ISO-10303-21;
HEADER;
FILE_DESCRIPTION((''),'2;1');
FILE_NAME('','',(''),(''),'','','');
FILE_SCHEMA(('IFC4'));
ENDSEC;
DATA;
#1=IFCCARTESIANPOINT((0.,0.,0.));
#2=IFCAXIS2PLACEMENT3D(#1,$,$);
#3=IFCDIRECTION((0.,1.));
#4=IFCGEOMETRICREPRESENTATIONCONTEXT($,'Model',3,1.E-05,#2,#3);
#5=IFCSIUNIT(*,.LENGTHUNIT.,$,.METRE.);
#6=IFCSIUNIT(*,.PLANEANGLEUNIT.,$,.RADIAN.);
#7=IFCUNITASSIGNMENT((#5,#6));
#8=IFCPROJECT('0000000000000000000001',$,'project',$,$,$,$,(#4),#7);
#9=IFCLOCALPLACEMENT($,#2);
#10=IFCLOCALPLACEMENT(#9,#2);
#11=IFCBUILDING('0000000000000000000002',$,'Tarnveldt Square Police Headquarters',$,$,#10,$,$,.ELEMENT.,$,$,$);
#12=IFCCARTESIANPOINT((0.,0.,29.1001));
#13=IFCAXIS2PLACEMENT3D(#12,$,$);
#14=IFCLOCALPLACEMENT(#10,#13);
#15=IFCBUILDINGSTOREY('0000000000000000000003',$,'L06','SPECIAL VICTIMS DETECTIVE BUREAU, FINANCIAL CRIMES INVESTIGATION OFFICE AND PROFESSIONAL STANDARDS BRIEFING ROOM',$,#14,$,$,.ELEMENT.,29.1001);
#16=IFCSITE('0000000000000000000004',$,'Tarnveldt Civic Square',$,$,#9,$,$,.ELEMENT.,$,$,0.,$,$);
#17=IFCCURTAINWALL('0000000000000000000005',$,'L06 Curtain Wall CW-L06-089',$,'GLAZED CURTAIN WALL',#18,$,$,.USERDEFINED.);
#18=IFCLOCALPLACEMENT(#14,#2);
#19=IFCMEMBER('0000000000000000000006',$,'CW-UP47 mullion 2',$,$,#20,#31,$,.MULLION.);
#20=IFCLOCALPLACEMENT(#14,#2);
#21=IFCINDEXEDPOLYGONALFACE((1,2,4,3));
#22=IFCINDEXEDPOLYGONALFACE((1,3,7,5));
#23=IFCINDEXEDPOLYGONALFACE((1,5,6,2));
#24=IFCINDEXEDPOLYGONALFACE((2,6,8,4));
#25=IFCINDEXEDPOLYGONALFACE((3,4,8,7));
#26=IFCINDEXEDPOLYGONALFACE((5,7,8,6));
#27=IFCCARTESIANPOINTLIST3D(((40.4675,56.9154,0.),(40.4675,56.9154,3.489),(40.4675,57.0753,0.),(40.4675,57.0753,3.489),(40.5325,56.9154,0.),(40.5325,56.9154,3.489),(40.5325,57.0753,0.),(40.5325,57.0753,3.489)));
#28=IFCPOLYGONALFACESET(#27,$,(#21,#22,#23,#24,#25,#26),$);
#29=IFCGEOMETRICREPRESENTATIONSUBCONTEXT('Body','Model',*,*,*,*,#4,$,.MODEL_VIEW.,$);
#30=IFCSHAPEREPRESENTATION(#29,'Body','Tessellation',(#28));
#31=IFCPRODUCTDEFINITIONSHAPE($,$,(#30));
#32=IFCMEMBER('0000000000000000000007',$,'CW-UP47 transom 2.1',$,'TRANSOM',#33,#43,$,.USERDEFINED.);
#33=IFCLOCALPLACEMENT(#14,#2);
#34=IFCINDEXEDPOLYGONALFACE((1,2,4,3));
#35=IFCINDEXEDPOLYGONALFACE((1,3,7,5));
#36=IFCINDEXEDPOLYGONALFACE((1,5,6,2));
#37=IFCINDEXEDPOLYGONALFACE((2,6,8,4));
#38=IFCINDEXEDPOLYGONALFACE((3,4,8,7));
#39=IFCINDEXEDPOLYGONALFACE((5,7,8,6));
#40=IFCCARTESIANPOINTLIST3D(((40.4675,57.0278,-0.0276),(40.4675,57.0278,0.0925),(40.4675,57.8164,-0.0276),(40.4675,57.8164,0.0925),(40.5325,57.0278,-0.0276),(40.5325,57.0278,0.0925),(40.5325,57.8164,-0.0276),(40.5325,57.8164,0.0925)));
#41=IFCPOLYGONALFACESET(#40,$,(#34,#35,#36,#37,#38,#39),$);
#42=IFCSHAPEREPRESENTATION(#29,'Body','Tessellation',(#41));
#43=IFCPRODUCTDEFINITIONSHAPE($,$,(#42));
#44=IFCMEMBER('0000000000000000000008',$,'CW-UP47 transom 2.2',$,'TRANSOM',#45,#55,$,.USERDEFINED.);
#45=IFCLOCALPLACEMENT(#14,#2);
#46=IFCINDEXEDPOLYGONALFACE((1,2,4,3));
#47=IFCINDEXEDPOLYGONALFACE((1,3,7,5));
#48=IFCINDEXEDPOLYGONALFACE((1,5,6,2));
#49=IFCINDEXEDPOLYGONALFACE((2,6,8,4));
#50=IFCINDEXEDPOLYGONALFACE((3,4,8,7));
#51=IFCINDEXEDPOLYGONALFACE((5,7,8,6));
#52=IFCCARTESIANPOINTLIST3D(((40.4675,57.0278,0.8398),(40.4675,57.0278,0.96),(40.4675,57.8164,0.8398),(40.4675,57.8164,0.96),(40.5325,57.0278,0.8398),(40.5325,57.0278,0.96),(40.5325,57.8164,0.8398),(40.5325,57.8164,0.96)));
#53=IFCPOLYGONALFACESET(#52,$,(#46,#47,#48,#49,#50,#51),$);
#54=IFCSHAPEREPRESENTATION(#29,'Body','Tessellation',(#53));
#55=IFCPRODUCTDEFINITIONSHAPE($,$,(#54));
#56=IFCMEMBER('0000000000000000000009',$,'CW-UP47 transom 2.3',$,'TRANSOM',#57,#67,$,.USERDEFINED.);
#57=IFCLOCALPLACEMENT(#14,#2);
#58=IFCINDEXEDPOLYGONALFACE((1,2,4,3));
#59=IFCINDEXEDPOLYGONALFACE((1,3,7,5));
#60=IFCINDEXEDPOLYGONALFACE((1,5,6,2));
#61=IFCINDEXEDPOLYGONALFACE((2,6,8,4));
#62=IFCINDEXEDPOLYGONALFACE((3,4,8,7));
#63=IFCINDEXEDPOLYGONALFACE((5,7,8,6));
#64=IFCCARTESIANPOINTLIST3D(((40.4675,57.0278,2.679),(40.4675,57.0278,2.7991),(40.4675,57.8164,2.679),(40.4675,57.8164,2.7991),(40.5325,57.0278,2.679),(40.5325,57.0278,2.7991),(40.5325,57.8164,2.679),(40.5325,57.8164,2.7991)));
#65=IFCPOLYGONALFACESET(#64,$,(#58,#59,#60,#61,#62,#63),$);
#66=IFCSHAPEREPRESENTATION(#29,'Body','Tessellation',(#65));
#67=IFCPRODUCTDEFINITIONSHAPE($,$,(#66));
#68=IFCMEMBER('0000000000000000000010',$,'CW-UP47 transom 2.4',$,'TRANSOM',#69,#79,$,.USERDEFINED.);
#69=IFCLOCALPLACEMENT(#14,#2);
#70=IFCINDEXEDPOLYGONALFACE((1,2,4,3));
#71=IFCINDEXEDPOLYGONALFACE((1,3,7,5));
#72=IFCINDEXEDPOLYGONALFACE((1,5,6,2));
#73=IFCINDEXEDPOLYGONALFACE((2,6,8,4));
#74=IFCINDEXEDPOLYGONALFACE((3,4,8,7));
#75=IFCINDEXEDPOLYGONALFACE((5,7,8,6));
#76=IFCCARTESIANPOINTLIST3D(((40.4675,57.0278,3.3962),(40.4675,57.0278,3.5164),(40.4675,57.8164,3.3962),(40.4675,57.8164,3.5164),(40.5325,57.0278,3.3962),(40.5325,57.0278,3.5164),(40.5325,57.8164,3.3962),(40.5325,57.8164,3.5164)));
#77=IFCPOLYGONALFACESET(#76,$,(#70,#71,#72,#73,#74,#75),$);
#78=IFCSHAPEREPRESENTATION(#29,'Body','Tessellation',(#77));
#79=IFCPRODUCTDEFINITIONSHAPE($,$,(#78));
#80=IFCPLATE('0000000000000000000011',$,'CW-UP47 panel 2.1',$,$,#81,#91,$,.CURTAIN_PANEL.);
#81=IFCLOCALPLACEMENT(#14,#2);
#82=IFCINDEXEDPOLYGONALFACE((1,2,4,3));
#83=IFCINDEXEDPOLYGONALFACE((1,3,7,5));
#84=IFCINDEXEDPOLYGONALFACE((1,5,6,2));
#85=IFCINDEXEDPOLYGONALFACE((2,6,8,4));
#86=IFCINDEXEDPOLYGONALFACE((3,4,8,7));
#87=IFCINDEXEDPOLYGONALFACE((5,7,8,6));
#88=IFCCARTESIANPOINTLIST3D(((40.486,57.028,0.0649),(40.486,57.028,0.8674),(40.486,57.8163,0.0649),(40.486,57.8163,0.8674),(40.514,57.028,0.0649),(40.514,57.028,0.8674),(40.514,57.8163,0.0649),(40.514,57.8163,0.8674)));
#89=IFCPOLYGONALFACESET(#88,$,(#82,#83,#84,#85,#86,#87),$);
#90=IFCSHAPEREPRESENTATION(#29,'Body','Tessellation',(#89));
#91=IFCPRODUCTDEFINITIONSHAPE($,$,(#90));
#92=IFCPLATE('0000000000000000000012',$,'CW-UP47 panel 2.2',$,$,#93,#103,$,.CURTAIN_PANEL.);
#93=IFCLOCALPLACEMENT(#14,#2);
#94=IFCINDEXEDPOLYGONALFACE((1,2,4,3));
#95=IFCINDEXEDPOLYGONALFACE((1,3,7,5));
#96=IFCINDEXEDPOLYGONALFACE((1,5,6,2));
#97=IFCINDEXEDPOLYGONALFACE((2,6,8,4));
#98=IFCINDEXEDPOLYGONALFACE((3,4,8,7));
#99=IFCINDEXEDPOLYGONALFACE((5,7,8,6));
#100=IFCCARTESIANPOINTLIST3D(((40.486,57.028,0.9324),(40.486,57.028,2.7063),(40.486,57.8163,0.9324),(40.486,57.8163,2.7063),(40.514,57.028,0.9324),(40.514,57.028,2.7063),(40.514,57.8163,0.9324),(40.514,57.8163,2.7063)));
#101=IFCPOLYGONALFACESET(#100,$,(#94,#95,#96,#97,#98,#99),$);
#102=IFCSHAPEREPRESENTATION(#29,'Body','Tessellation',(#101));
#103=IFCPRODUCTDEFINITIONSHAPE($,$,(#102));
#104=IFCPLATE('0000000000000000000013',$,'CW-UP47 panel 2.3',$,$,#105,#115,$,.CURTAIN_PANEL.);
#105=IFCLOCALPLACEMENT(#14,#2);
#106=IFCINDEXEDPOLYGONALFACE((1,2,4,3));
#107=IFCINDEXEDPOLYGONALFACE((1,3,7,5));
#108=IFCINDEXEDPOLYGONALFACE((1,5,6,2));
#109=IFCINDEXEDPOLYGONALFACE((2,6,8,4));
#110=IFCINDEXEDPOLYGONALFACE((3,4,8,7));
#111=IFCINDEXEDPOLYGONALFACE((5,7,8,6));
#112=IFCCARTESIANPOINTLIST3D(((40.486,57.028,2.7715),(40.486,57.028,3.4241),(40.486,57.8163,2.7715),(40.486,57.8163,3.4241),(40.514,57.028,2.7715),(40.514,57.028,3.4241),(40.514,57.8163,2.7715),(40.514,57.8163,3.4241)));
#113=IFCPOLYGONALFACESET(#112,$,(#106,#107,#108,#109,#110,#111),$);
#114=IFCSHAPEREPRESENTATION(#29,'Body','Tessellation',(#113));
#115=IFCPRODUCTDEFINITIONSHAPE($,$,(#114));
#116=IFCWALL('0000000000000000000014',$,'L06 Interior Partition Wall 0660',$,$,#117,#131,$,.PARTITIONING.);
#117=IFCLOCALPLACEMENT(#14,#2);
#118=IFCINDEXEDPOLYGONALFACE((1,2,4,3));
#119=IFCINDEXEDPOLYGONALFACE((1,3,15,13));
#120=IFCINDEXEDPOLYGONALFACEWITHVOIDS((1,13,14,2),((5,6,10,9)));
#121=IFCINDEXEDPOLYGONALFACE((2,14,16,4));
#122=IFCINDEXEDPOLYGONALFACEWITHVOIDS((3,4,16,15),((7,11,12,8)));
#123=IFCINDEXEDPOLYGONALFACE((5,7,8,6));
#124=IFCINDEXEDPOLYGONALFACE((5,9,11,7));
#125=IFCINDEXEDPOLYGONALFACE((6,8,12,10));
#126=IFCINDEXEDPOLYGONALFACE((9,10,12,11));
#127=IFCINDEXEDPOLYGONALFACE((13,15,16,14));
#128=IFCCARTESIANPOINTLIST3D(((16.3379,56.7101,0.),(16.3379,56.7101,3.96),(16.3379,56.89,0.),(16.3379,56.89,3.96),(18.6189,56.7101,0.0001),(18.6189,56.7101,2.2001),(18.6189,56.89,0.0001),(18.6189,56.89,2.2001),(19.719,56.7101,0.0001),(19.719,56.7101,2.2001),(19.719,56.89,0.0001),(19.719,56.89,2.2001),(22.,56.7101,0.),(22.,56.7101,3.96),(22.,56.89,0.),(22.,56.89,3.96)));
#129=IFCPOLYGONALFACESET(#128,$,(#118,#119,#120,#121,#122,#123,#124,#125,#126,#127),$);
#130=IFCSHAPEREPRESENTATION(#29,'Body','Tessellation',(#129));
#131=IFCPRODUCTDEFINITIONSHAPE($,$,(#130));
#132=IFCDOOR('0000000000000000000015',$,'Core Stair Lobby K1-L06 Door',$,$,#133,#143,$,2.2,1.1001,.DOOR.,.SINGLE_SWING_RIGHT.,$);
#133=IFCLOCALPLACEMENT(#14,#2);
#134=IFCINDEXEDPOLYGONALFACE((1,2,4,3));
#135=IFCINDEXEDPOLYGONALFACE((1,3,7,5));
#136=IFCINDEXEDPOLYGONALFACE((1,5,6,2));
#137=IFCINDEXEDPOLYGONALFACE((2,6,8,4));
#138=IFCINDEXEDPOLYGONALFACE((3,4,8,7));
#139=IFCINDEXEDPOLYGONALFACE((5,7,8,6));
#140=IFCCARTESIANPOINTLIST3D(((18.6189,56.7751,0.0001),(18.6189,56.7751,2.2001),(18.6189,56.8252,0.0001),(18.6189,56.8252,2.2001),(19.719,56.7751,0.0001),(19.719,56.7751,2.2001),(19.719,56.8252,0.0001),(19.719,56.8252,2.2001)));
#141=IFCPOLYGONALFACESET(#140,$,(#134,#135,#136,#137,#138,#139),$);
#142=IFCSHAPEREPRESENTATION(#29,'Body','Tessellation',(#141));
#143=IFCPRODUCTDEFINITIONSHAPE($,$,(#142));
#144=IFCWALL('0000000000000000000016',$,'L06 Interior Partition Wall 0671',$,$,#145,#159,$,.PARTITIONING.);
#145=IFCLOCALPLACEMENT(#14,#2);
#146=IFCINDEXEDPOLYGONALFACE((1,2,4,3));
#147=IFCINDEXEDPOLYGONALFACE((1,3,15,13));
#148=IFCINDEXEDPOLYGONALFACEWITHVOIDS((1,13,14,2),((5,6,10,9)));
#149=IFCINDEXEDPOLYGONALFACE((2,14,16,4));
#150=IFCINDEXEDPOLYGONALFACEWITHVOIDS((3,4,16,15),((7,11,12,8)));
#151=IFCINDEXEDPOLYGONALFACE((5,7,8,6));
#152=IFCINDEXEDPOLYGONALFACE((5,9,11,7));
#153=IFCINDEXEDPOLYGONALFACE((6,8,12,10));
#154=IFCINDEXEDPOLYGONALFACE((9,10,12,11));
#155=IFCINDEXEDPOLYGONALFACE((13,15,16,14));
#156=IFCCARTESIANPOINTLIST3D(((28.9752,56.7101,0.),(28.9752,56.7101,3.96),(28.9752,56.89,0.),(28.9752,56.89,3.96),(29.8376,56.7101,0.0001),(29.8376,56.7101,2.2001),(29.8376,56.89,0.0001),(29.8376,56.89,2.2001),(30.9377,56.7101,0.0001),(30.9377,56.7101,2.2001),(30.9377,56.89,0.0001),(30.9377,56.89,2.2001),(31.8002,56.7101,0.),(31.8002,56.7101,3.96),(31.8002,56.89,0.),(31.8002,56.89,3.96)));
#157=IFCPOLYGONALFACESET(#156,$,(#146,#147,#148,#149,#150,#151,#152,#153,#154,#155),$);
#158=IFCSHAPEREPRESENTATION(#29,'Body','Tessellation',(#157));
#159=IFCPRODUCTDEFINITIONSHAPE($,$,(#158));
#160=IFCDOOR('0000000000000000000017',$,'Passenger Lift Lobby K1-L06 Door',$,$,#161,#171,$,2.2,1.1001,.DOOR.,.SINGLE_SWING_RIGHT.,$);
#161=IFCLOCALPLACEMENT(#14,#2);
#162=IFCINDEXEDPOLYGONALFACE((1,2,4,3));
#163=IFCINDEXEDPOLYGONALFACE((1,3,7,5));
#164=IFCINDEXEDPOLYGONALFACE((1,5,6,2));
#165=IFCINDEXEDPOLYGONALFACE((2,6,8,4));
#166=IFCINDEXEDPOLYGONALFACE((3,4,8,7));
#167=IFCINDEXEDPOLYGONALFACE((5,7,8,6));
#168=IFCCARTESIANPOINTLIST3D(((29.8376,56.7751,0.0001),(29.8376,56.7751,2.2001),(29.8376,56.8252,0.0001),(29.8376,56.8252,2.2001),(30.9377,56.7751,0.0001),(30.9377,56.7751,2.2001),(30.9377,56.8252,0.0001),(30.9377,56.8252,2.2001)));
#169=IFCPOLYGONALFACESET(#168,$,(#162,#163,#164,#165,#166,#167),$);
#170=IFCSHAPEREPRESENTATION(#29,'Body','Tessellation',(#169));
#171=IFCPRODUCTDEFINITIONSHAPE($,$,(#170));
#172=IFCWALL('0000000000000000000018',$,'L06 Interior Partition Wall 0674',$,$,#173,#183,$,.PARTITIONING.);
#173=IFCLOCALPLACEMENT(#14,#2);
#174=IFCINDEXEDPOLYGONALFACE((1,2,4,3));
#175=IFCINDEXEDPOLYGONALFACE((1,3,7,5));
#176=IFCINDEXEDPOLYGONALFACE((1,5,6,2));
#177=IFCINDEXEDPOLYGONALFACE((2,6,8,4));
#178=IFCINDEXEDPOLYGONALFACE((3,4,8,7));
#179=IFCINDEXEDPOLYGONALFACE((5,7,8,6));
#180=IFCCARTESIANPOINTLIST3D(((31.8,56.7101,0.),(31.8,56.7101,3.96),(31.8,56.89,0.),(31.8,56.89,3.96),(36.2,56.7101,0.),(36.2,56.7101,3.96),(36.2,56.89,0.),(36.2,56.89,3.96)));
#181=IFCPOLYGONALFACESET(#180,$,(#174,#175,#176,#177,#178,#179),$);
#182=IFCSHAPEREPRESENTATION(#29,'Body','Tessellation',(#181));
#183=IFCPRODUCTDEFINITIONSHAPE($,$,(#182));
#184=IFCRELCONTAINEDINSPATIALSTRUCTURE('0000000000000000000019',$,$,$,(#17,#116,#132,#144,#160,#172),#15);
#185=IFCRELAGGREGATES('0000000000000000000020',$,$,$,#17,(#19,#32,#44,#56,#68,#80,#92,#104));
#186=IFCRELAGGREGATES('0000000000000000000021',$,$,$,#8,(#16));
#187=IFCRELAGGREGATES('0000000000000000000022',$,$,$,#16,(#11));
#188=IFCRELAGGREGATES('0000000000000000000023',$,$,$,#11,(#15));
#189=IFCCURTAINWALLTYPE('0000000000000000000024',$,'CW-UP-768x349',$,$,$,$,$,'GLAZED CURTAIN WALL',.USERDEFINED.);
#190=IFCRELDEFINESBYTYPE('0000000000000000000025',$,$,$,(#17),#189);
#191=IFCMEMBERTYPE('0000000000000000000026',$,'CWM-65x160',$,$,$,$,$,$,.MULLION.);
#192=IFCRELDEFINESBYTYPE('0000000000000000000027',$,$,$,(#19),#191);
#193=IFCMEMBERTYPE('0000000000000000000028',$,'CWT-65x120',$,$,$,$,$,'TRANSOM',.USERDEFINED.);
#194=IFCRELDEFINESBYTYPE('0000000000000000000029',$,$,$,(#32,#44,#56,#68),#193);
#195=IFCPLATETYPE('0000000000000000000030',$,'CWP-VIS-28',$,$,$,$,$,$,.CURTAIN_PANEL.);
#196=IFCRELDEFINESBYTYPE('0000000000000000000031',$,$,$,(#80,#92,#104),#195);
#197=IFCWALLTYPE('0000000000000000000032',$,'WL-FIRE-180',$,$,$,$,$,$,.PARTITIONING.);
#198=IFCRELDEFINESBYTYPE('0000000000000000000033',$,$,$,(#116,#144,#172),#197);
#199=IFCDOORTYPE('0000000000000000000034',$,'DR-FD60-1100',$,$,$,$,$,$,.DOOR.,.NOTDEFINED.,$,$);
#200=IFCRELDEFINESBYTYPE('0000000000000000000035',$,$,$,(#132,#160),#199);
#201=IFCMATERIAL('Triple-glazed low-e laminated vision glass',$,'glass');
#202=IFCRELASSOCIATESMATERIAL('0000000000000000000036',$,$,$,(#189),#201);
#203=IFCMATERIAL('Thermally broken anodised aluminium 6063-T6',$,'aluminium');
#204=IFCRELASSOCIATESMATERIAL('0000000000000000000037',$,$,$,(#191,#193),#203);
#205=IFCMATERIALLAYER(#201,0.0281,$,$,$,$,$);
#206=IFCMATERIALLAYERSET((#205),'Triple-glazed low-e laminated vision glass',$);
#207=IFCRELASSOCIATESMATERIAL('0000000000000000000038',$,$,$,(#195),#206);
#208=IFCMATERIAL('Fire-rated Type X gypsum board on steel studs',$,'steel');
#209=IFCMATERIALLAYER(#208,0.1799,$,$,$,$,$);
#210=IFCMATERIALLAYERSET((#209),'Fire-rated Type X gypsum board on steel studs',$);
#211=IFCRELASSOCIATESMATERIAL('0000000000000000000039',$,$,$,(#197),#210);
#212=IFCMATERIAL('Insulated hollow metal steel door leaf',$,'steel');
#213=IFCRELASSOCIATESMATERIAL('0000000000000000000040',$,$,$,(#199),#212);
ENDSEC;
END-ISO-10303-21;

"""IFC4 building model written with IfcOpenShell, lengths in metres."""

from ifc_helpers import new_model, si_unit, direction, frame, frame_2d, origin, origin_2d, place, context, subcontext, project, spatial, rectangle, extrude, material, layer, layer_set, material_profile, profile_set, type_object, element, fill, aggregate, save


model = new_model("IFC4")

# Units and contexts
model_context = context("Model", 3, precision=1e-05, world=origin(), true_north=direction((0.0, 1.0)))
body_context = subcontext(model_context, "Body", "Model", "MODEL_VIEW")
ifc_project = project(units=[si_unit("LENGTHUNIT", "METRE"), si_unit("PLANEANGLEUNIT", "RADIAN")], contexts=[model_context])

# Site, building, storey
site_placement = place(None, origin())
site = spatial("IfcSite", under=ifc_project, at=site_placement, Name="Tarnveldt Civic Square", CompositionType="ELEMENT", RefElevation=0.0)
building_placement = place(site_placement, origin())
building = spatial("IfcBuilding", under=site, at=building_placement, Name="Tarnveldt Square Police Headquarters", CompositionType="ELEMENT")
storey_placement = place(building_placement, frame((0.0, 0.0, 29.1001)))
storey = spatial("IfcBuildingStorey", under=building, at=storey_placement, Name="L06", Description="SPECIAL VICTIMS DETECTIVE BUREAU, FINANCIAL CRIMES INVESTIGATION OFFICE AND PROFESSIONAL STANDARDS BRIEFING ROOM", CompositionType="ELEMENT", Elevation=29.1001)

# Curtain wall, members, plates
ifc_material_1 = material(Name="Triple-glazed low-e laminated vision glass", Category="glass")
curtain_wall_type = type_object("IfcCurtainWallType", Name="CW-UP-768x349", ElementType="GLAZED CURTAIN WALL", PredefinedType="USERDEFINED", material=ifc_material_1)
curtain_wall_placement = place(storey_placement, origin())
curtain_wall = element("IfcCurtainWall", 1, at=curtain_wall_placement, inside=storey, type_object=curtain_wall_type, Name="L06 Curtain Wall CW-L06-089", ObjectType="GLAZED CURTAIN WALL", PredefinedType="USERDEFINED")
ifc_material_2 = material(Name="Thermally broken anodised aluminium 6063-T6", Category="aluminium")
ifc_material_profile_1 = material_profile(ifc_material_2, rectangle(XDim=0.0649, YDim=0.1599, at=origin_2d()), Name="CW-M65x160")
ifc_profile_set_1 = profile_set([ifc_material_profile_1], Name="Thermally broken anodised aluminium 6063-T6")
member_type_1 = type_object("IfcMemberType", Name="CWM-65x160", PredefinedType="MULLION", material=ifc_profile_set_1)
member_1_placement = place(storey_placement, frame((40.5, 56.9954, 0.0), z_axis=(0.0, 0.0, 1.0), x_axis=(-1.0, 0.0, 0.0)))
member_1 = element("IfcMember", 2, at=member_1_placement, type_object=member_type_1, Name="CW-UP47 mullion 2", PredefinedType="MULLION", context=body_context, shape_type="SweptSolid", body=[
    extrude(rectangle(XDim=0.0649, YDim=0.1599, at=origin_2d()), origin(), (0.0, 0.0, 1.0), 3.489),
])
ifc_material_profile_2 = material_profile(ifc_material_2, rectangle(XDim=0.0649, YDim=0.1201, at=origin_2d()), Name="CW-T65x120")
ifc_profile_set_2 = profile_set([ifc_material_profile_2], Name="Thermally broken anodised aluminium 6063-T6")
member_type_2 = type_object("IfcMemberType", Name="CWT-65x120", ElementType="TRANSOM", PredefinedType="USERDEFINED", material=ifc_profile_set_2)
member_2_placement = place(storey_placement, frame((40.5, 57.0278, 0.0325), z_axis=(0.0, 1.0, 0.0), x_axis=(-1.0, 0.0, 0.0)))
member_2 = element("IfcMember", 3, at=member_2_placement, type_object=member_type_2, Name="CW-UP47 transom 2.1", ObjectType="TRANSOM", PredefinedType="USERDEFINED", context=body_context, shape_type="SweptSolid", body=[
    extrude(rectangle(XDim=0.0649, YDim=0.1201, at=origin_2d()), origin(), (0.0, 0.0, 1.0), 0.7886),
])
member_3_placement = place(storey_placement, frame((40.5, 57.0278, 0.8999), z_axis=(0.0, 1.0, 0.0), x_axis=(-1.0, 0.0, 0.0)))
member_3 = element("IfcMember", 4, at=member_3_placement, type_object=member_type_2, Name="CW-UP47 transom 2.2", ObjectType="TRANSOM", PredefinedType="USERDEFINED", context=body_context, shape_type="SweptSolid", body=[
    extrude(rectangle(XDim=0.0649, YDim=0.1201, at=origin_2d()), origin(), (0.0, 0.0, 1.0), 0.7886),
])
member_4_placement = place(storey_placement, frame((40.5, 57.0278, 2.739), z_axis=(0.0, 1.0, 0.0), x_axis=(-1.0, 0.0, 0.0)))
member_4 = element("IfcMember", 5, at=member_4_placement, type_object=member_type_2, Name="CW-UP47 transom 2.3", ObjectType="TRANSOM", PredefinedType="USERDEFINED", context=body_context, shape_type="SweptSolid", body=[
    extrude(rectangle(XDim=0.0649, YDim=0.1201, at=origin_2d()), origin(), (0.0, 0.0, 1.0), 0.7886),
])
member_5_placement = place(storey_placement, frame((40.5, 57.0278, 3.4563), z_axis=(0.0, 1.0, 0.0), x_axis=(-1.0, 0.0, 0.0)))
member_5 = element("IfcMember", 6, at=member_5_placement, type_object=member_type_2, Name="CW-UP47 transom 2.4", ObjectType="TRANSOM", PredefinedType="USERDEFINED", context=body_context, shape_type="SweptSolid", body=[
    extrude(rectangle(XDim=0.0649, YDim=0.1201, at=origin_2d()), origin(), (0.0, 0.0, 1.0), 0.7886),
])
ifc_layer_1 = layer(ifc_material_1, 0.0281)
ifc_layer_set_1 = layer_set([ifc_layer_1], Name="Triple-glazed low-e laminated vision glass")
plate_type = type_object("IfcPlateType", Name="CWP-VIS-28", PredefinedType="CURTAIN_PANEL", material=ifc_layer_set_1)
plate_1_placement = place(storey_placement, frame((40.5, 57.4221, 0.0649), z_axis=(0.0, 0.0, 1.0), x_axis=(0.0, 1.0, 0.0)))
plate_1 = element("IfcPlate", 7, at=plate_1_placement, type_object=plate_type, Name="CW-UP47 panel 2.1", PredefinedType="CURTAIN_PANEL", context=body_context, shape_type="SweptSolid", body=[
    extrude(rectangle(XDim=0.7883, YDim=0.0281, at=origin_2d()), origin(), (0.0, 0.0, 1.0), 0.8025),
])
plate_2_placement = place(storey_placement, frame((40.5, 57.4221, 0.9324), z_axis=(0.0, 0.0, 1.0), x_axis=(0.0, 1.0, 0.0)))
plate_2 = element("IfcPlate", 8, at=plate_2_placement, type_object=plate_type, Name="CW-UP47 panel 2.2", PredefinedType="CURTAIN_PANEL", context=body_context, shape_type="SweptSolid", body=[
    extrude(rectangle(XDim=0.7883, YDim=0.0281, at=origin_2d()), origin(), (0.0, 0.0, 1.0), 1.7739),
])
plate_3_placement = place(storey_placement, frame((40.5, 57.4221, 2.7715), z_axis=(0.0, 0.0, 1.0), x_axis=(0.0, 1.0, 0.0)))
plate_3 = element("IfcPlate", 9, at=plate_3_placement, type_object=plate_type, Name="CW-UP47 panel 2.3", PredefinedType="CURTAIN_PANEL", context=body_context, shape_type="SweptSolid", body=[
    extrude(rectangle(XDim=0.7883, YDim=0.0281, at=origin_2d()), origin(), (0.0, 0.0, 1.0), 0.6526),
])
aggregate(curtain_wall, [member_1, member_2, member_3, member_4, member_5, plate_1, plate_2, plate_3])

# Walls, openings, doors
ifc_material_3 = material(Name="Fire-rated Type X gypsum board on steel studs", Category="steel")
ifc_layer_2 = layer(ifc_material_3, 0.1799)
ifc_layer_set_2 = layer_set([ifc_layer_2], Name="Fire-rated Type X gypsum board on steel studs")
wall_type_1 = type_object("IfcWallType", Name="WL-FIRE-180", PredefinedType="PARTITIONING", material=ifc_layer_set_2)
wall_1_placement = place(storey_placement, frame((16.3379, 56.8, 0.0), z_axis=(0.0, 0.0, 1.0), x_axis=(1.0, 0.0, 0.0)))
wall_1 = element("IfcWall", 10, at=wall_1_placement, inside=storey, type_object=wall_type_1, Name="L06 Interior Partition Wall 0660", PredefinedType="PARTITIONING", context=body_context, shape_type="SweptSolid", body=[
    extrude(rectangle(XDim=5.6621, YDim=0.1799, at=frame_2d((2.8311, 0.0))), origin(), (0.0, 0.0, 1.0), 3.96),
])
opening_1_placement = place(wall_1_placement, frame((2.281, 0.0, 0.0)))
opening_1 = element("IfcOpeningElement", 11, at=opening_1_placement, cuts=wall_1, PredefinedType="OPENING", context=body_context, shape_type="SweptSolid", body=[
    extrude(rectangle(XDim=1.1001, YDim=2.2, at=frame_2d((0.55, 1.1001))), frame((0.0, 0.0999, 0.0), z_axis=(0.0, -1.0, 0.0), x_axis=(1.0, 0.0, 0.0)), (0.0, 0.0, 1.0), 0.2),
])
ifc_material_4 = material(Name="Insulated hollow metal steel door leaf", Category="steel")
door_type_1 = type_object("IfcDoorType", Name="DR-FD60-1100", OperationType="NOTDEFINED", PredefinedType="DOOR", material=ifc_material_4)
door_1_placement = place(opening_1_placement, frame((1.1001, 0.0, 0.0), z_axis=(0.0, 0.0, 1.0), x_axis=(-1.0, 0.0, 0.0)))
door_1 = element("IfcDoor", 12, at=door_1_placement, inside=storey, type_object=door_type_1, Name="Core Stair Lobby K1-L06 Door", OperationType="SINGLE_SWING_RIGHT", OverallHeight=2.2, OverallWidth=1.1001, PredefinedType="DOOR", context=body_context, shape_type="SweptSolid", body=[
    extrude(rectangle(XDim=1.1001, YDim=2.2, at=frame_2d((0.55, 1.1001))), frame((0.0, 0.0249, 0.0), z_axis=(0.0, -1.0, 0.0), x_axis=(1.0, 0.0, 0.0)), (0.0, 0.0, 1.0), 0.05),
])
fill(opening_1, door_1)
wall_2_placement = place(storey_placement, frame((28.9751, 56.8, 0.0), z_axis=(0.0, 0.0, 1.0), x_axis=(1.0, 0.0, 0.0)))
wall_2 = element("IfcWall", 13, at=wall_2_placement, inside=storey, type_object=wall_type_1, Name="L06 Interior Partition Wall 0671", PredefinedType="PARTITIONING", context=body_context, shape_type="SweptSolid", body=[
    extrude(rectangle(XDim=2.825, YDim=0.1799, at=frame_2d((1.4126, 0.0))), origin(), (0.0, 0.0, 1.0), 3.96),
])
opening_2_placement = place(wall_2_placement, frame((0.8625, 0.0, 0.0)))
opening_2 = element("IfcOpeningElement", 14, at=opening_2_placement, cuts=wall_2, PredefinedType="OPENING", context=body_context, shape_type="SweptSolid", body=[
    extrude(rectangle(XDim=1.1001, YDim=2.2, at=frame_2d((0.55, 1.1001))), frame((0.0, 0.0999, 0.0), z_axis=(0.0, -1.0, 0.0), x_axis=(1.0, 0.0, 0.0)), (0.0, 0.0, 1.0), 0.2),
])
door_2_placement = place(opening_2_placement, frame((1.1001, 0.0, 0.0), z_axis=(0.0, 0.0, 1.0), x_axis=(-1.0, 0.0, 0.0)))
door_2 = element("IfcDoor", 15, at=door_2_placement, inside=storey, type_object=door_type_1, Name="Passenger Lift Lobby K1-L06 Door", OperationType="SINGLE_SWING_RIGHT", OverallHeight=2.2, OverallWidth=1.1001, PredefinedType="DOOR", context=body_context, shape_type="SweptSolid", body=[
    extrude(rectangle(XDim=1.1001, YDim=2.2, at=frame_2d((0.55, 1.1001))), frame((0.0, 0.0249, 0.0), z_axis=(0.0, -1.0, 0.0), x_axis=(1.0, 0.0, 0.0)), (0.0, 0.0, 1.0), 0.05),
])
fill(opening_2, door_2)

# Wall
wall_3_placement = place(storey_placement, frame((31.8, 56.8, 0.0), z_axis=(0.0, 0.0, 1.0), x_axis=(1.0, 0.0, 0.0)))
element("IfcWall", 16, at=wall_3_placement, inside=storey, type_object=wall_type_1, Name="L06 Interior Partition Wall 0674", PredefinedType="PARTITIONING", context=body_context, shape_type="SweptSolid", body=[
    extrude(rectangle(XDim=4.3999, YDim=0.1799, at=frame_2d((2.2, 0.0))), origin(), (0.0, 0.0, 1.0), 3.96),
])

save(model, "model.ifc")
